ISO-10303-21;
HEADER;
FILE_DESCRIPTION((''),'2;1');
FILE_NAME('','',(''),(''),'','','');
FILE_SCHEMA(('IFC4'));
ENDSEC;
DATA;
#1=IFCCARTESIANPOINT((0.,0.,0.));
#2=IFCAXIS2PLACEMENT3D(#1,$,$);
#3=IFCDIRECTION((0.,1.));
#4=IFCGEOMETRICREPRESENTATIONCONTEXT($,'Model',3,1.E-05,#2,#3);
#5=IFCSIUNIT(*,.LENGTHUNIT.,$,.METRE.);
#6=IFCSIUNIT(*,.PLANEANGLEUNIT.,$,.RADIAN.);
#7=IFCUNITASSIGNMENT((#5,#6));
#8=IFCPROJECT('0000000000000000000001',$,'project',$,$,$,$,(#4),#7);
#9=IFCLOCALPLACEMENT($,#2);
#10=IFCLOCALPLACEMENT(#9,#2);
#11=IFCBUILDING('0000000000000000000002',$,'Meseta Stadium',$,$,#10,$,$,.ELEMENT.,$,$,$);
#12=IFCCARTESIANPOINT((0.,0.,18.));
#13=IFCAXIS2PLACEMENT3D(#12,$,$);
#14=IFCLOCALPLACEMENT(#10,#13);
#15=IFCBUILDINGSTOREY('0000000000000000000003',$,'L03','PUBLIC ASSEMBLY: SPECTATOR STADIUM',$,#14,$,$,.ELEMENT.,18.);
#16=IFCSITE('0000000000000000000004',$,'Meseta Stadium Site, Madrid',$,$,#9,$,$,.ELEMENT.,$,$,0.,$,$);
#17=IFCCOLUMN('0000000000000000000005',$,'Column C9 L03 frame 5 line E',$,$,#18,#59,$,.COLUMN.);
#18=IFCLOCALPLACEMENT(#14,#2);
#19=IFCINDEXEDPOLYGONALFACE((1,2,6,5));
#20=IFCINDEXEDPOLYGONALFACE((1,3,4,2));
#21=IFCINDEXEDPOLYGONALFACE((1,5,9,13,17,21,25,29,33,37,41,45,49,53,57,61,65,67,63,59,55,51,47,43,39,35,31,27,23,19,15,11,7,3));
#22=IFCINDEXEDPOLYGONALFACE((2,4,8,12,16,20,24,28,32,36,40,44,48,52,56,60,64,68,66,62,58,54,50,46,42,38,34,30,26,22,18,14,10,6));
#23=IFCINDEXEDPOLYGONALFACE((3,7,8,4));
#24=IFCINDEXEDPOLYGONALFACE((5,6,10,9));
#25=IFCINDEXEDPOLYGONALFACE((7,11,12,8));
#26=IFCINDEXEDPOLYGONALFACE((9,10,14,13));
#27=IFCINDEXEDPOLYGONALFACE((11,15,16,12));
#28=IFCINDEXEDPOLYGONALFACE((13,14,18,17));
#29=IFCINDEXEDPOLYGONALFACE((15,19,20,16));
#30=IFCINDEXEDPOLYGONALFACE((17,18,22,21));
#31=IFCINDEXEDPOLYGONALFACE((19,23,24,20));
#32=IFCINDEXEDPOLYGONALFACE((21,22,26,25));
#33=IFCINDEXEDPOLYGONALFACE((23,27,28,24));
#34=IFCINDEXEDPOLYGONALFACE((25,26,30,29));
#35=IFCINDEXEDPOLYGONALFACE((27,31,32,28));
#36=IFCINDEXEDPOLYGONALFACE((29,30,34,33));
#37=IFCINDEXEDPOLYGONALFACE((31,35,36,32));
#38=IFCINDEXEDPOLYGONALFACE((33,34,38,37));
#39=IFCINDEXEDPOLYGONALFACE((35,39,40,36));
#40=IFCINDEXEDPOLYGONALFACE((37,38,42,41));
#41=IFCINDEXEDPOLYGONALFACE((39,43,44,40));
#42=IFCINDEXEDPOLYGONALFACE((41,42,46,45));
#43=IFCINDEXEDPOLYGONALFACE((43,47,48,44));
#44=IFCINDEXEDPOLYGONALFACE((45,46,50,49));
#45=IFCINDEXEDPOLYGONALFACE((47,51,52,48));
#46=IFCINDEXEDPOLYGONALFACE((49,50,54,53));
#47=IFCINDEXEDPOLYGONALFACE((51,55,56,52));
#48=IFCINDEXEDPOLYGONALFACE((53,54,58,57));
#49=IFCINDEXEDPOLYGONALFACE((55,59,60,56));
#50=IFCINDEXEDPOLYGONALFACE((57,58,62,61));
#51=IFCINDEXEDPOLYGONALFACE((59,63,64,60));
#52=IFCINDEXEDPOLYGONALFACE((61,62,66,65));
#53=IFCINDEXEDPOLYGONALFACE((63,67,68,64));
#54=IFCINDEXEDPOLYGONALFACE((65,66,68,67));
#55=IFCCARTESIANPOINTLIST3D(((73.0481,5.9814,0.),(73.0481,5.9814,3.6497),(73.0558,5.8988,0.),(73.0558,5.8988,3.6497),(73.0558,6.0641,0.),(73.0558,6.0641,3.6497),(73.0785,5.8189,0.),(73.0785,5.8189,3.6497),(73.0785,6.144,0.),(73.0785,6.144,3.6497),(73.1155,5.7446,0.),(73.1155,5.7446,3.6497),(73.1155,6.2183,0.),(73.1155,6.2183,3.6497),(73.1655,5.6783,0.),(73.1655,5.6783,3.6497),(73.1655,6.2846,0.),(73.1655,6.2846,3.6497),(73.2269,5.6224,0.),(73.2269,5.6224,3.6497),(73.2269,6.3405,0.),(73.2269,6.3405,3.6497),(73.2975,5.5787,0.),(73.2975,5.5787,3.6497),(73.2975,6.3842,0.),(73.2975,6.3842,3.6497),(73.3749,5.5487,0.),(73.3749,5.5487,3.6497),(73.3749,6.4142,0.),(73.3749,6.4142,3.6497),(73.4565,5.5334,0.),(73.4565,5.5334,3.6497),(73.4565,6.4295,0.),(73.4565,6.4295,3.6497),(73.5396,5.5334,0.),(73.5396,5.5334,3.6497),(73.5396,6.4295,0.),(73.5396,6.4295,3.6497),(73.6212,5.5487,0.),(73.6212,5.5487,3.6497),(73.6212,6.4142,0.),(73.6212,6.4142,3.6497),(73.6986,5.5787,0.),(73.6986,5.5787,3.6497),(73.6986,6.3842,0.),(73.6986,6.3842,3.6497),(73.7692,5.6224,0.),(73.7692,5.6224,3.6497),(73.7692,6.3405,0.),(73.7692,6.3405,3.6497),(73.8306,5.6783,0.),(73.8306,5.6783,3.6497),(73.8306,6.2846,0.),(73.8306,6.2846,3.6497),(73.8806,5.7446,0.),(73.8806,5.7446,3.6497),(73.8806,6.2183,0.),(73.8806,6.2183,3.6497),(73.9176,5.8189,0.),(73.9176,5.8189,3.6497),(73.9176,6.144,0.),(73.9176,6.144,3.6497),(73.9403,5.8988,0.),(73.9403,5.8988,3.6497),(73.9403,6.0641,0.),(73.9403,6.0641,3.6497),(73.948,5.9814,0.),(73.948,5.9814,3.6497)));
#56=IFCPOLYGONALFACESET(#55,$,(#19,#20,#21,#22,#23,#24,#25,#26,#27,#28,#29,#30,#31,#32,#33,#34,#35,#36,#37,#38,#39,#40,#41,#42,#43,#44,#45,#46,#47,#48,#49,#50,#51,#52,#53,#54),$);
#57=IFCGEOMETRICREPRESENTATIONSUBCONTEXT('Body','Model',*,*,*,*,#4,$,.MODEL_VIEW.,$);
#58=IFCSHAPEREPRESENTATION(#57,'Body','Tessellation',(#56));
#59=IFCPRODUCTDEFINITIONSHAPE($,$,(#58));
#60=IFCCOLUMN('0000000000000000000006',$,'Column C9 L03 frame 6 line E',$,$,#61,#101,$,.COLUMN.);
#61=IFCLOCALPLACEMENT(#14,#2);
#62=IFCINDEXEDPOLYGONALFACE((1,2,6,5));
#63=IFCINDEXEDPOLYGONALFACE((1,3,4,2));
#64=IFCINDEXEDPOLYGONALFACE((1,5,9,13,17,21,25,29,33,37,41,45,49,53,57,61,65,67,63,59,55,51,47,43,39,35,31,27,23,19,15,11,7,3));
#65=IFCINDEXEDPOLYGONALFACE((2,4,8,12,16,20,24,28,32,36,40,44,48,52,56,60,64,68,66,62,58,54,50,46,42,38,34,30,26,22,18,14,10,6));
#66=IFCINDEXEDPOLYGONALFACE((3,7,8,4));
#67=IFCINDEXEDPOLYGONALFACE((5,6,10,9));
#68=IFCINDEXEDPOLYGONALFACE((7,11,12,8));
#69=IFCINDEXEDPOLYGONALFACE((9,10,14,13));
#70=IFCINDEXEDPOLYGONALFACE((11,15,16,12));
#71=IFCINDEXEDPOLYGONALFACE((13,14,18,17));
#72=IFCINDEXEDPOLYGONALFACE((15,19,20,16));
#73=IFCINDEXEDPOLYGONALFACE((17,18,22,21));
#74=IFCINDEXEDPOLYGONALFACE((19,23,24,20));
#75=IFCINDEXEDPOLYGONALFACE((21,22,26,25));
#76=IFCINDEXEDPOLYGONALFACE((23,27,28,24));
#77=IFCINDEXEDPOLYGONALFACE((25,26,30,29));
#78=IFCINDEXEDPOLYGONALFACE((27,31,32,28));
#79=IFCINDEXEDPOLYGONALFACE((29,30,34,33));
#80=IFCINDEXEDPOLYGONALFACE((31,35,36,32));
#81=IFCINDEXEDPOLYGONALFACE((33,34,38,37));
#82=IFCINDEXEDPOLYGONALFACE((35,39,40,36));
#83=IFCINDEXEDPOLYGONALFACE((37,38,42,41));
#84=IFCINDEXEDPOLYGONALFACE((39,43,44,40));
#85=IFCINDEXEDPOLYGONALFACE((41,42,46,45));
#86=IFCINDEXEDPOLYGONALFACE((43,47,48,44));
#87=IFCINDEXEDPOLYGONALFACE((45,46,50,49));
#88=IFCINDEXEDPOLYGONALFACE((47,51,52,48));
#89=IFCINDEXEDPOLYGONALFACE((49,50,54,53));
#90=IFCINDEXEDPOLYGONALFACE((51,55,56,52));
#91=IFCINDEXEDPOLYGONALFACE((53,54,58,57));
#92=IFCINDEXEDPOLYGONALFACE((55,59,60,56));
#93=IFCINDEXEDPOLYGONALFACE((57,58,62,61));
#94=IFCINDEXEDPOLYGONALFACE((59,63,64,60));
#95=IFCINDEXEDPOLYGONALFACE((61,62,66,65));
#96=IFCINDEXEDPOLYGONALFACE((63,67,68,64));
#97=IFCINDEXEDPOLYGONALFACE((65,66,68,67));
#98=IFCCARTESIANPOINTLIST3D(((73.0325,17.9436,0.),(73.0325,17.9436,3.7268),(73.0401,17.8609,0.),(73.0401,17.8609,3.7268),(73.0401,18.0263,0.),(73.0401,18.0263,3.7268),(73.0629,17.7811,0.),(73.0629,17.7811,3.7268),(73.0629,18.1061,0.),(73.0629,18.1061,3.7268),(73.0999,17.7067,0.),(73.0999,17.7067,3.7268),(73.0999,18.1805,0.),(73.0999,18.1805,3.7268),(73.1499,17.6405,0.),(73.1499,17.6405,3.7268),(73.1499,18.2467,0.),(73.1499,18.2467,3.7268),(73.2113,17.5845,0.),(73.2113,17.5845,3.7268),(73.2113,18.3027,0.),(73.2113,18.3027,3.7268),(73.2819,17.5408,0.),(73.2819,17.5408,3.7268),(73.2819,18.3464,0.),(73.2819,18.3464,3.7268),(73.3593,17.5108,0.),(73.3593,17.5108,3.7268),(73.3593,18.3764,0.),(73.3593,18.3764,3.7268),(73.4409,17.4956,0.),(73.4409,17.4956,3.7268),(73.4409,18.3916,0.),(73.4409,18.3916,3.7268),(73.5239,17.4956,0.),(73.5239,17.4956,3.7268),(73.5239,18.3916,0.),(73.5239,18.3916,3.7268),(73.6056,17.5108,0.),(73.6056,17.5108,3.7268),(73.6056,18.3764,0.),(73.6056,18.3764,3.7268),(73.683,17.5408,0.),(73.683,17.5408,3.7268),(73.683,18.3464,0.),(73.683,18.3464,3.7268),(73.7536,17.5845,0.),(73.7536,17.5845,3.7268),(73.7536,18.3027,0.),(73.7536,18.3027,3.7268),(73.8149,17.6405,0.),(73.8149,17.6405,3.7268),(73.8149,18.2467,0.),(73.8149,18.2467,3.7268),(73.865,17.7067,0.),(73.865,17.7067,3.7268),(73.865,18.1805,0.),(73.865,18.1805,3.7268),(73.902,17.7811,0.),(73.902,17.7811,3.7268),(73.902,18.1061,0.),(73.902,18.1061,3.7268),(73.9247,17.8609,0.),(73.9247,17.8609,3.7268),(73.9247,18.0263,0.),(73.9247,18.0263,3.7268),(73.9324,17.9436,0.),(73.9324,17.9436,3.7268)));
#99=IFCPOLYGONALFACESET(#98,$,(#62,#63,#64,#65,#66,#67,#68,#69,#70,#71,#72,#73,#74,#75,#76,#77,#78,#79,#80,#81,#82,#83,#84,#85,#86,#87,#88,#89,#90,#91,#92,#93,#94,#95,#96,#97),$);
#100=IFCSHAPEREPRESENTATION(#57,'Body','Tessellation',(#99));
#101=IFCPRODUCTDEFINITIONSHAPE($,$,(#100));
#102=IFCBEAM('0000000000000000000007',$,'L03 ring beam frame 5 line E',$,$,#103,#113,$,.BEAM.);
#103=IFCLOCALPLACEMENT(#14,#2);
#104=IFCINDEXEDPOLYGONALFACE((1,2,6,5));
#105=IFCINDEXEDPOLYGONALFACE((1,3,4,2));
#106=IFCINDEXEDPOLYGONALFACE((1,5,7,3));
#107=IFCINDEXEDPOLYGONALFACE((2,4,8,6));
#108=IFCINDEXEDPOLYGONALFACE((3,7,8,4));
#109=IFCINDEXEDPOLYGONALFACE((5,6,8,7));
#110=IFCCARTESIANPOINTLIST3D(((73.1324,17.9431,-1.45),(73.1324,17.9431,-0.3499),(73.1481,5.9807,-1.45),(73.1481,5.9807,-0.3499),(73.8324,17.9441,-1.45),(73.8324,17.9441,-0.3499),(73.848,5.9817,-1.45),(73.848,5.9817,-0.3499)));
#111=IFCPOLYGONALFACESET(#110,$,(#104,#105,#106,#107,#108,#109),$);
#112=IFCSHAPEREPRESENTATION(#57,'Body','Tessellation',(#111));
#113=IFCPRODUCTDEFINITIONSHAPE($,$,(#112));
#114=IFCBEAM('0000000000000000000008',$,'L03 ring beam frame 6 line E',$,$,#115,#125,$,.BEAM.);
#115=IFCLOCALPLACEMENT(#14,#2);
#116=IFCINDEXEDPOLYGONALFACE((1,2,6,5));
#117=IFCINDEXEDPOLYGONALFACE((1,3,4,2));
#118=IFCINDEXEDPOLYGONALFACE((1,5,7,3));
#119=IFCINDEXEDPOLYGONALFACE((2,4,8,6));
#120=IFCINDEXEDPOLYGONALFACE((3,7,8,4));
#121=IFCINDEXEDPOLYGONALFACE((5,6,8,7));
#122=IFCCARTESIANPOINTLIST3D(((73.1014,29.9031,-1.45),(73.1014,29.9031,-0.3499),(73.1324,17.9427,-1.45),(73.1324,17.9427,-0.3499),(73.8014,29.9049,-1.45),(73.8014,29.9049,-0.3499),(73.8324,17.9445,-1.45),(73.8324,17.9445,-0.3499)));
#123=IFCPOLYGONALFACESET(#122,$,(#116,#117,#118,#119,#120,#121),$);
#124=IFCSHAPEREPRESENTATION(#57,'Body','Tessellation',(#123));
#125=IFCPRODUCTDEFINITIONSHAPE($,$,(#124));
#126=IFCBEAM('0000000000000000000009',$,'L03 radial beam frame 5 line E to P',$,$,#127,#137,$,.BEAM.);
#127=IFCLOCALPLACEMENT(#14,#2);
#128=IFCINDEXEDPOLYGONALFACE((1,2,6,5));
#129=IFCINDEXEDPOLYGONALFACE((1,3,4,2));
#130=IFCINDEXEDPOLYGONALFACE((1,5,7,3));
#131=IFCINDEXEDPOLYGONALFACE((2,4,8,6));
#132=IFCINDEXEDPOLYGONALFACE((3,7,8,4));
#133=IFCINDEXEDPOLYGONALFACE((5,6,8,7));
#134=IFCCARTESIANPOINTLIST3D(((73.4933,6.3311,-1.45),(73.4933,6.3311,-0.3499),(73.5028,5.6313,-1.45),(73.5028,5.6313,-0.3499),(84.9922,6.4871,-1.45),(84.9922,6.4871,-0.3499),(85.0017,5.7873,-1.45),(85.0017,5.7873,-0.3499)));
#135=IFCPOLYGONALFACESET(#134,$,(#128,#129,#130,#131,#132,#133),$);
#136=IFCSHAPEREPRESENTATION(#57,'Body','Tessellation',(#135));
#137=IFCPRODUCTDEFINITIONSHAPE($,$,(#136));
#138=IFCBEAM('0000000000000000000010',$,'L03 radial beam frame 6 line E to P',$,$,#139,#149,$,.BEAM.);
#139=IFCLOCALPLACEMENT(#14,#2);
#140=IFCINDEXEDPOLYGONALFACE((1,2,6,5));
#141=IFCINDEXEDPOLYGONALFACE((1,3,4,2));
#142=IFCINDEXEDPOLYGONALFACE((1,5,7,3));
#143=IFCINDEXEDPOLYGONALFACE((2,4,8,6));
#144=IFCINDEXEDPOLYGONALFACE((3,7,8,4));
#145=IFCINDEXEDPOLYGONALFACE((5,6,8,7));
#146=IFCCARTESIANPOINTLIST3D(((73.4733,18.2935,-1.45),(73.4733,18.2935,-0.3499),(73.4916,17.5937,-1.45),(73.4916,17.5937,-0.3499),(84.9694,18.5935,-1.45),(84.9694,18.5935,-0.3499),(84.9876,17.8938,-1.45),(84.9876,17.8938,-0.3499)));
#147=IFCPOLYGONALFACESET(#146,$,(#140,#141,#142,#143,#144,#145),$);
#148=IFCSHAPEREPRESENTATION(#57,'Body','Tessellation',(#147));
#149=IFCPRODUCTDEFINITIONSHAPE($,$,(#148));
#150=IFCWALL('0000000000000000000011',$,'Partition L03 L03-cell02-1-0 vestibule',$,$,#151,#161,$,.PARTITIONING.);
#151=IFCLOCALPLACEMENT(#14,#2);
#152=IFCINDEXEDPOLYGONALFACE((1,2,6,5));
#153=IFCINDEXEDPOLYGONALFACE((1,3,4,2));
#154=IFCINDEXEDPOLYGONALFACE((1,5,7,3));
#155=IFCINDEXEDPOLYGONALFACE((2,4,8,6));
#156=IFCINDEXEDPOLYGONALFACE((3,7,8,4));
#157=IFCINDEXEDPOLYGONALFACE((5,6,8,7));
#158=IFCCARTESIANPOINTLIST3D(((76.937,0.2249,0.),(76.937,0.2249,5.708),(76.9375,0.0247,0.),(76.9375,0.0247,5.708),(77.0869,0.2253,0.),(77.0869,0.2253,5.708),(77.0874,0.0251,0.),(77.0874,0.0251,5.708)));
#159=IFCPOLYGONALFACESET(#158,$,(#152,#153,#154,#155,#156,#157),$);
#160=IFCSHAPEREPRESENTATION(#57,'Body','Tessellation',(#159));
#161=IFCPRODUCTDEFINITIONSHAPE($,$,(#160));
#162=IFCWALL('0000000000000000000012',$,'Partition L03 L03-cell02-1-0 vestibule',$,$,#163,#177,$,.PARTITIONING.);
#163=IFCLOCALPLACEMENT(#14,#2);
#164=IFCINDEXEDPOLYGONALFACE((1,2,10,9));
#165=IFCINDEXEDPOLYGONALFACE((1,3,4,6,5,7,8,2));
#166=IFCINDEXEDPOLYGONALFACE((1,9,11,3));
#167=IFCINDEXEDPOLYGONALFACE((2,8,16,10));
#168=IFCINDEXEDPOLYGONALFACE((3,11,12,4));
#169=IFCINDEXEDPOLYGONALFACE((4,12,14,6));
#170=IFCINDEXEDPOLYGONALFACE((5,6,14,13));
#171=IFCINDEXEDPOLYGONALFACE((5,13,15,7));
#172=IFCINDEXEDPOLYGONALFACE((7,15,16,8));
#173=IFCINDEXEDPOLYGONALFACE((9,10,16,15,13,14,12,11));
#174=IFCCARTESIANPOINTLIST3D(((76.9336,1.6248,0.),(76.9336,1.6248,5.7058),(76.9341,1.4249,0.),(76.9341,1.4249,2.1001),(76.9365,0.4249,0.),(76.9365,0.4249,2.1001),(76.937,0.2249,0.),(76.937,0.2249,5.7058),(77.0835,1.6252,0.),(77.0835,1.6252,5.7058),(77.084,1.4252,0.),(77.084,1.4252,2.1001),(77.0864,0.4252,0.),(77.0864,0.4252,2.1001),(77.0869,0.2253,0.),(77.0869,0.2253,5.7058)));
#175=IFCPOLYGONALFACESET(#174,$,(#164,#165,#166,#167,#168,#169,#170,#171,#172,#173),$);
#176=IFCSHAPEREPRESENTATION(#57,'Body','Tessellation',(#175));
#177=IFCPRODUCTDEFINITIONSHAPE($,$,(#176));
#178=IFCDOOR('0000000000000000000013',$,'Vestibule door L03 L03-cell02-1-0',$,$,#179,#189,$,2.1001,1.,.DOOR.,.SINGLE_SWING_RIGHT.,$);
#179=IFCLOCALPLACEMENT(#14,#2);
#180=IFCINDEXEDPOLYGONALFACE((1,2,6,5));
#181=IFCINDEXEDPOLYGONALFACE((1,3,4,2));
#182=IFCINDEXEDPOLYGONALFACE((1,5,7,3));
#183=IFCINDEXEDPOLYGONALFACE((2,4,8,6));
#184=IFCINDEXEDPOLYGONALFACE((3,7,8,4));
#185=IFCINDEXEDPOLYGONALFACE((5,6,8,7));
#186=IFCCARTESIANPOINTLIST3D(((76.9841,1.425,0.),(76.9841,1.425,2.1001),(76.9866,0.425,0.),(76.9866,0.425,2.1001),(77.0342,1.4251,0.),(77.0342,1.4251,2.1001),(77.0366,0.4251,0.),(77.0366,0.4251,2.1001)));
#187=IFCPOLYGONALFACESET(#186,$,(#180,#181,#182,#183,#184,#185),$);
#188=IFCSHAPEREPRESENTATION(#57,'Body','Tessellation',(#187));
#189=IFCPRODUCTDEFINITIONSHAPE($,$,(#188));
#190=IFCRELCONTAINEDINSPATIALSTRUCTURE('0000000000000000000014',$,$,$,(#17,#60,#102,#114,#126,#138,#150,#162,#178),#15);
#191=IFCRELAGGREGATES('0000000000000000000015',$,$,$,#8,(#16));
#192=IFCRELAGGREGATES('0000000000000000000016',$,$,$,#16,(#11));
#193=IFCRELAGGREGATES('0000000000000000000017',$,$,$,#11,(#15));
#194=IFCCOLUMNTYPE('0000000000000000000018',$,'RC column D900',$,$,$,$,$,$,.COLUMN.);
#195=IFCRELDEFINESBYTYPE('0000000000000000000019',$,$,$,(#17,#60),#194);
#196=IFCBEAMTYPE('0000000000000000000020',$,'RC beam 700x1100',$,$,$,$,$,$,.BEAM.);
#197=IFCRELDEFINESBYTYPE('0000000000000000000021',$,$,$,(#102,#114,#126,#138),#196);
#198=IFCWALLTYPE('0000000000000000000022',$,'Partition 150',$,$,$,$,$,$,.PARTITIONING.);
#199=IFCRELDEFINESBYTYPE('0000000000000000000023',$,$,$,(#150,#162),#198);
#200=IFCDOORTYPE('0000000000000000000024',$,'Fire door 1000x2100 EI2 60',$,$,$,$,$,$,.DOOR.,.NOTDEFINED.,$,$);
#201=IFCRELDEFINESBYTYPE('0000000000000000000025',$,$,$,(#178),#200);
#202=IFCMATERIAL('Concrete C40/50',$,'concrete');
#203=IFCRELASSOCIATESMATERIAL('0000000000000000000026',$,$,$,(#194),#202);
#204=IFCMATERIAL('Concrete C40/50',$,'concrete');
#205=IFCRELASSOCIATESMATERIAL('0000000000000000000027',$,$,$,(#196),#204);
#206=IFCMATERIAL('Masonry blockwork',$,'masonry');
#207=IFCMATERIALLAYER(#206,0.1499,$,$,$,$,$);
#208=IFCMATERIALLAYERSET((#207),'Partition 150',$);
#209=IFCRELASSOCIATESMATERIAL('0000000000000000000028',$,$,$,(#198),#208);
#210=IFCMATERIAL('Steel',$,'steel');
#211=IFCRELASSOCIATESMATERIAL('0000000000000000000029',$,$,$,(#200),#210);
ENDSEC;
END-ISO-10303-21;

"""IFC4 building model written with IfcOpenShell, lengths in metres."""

from ifc_helpers import new_model, si_unit, direction, frame, frame_2d, origin, origin_2d, place, context, subcontext, project, spatial, rectangle, circle, extrude, material, layer, layer_set, material_profile, profile_set, type_object, element, fill, save


model = new_model("IFC4")

# Units and contexts
model_context = context("Model", 3, precision=1e-05, world=origin(), true_north=direction((0.0, 1.0)))
body_context = subcontext(model_context, "Body", "Model", "MODEL_VIEW")
ifc_project = project(units=[si_unit("LENGTHUNIT", "METRE"), si_unit("PLANEANGLEUNIT", "RADIAN")], contexts=[model_context])

# Site, building, storey
site_placement = place(None, origin())
site = spatial("IfcSite", under=ifc_project, at=site_placement, Name="Meseta Stadium Site, Madrid", CompositionType="ELEMENT", RefElevation=0.0)
building_placement = place(site_placement, origin())
building = spatial("IfcBuilding", under=site, at=building_placement, Name="Meseta Stadium", CompositionType="ELEMENT")
storey_placement = place(building_placement, frame((0.0, 0.0, 18.0)))
storey = spatial("IfcBuildingStorey", under=building, at=storey_placement, Name="L03", Description="PUBLIC ASSEMBLY: SPECTATOR STADIUM", CompositionType="ELEMENT", Elevation=18.0)

# Columns
ifc_material_1 = material(Name="Concrete C40/50", Category="concrete")
ifc_material_profile_1 = material_profile(ifc_material_1, circle(Radius=0.45, at=origin_2d()), Name="RC D900")
ifc_profile_set_1 = profile_set([ifc_material_profile_1], Name="Concrete C40/50")
column_type = type_object("IfcColumnType", Name="RC column D900", PredefinedType="COLUMN", material=ifc_profile_set_1)
column_1_placement = place(storey_placement, frame((73.498, 5.9814, 0.0), z_axis=(0.0, 0.0, 1.0), x_axis=(1.0, 0.0, 0.0)))
element("IfcColumn", 1, at=column_1_placement, inside=storey, type_object=column_type, Name="Column C9 L03 frame 5 line E", PredefinedType="COLUMN", context=body_context, shape_type="SweptSolid", body=[
    extrude(circle(Radius=0.45, at=origin_2d()), origin(), (0.0, 0.0, 1.0), 3.6497),
])
column_2_placement = place(storey_placement, frame((73.4824, 17.9436, 0.0), z_axis=(0.0, 0.0, 1.0), x_axis=(1.0, 0.0, 0.0)))
element("IfcColumn", 2, at=column_2_placement, inside=storey, type_object=column_type, Name="Column C9 L03 frame 6 line E", PredefinedType="COLUMN", context=body_context, shape_type="SweptSolid", body=[
    extrude(circle(Radius=0.45, at=origin_2d()), origin(), (0.0, 0.0, 1.0), 3.7268),
])

# Beams
ifc_material_2 = material(Name="Concrete C40/50", Category="concrete")
ifc_material_profile_2 = material_profile(ifc_material_2, rectangle(XDim=0.7, YDim=1.1001, at=origin_2d()), Name="RC 700x1100")
ifc_profile_set_2 = profile_set([ifc_material_profile_2], Name="Concrete C40/50")
beam_type = type_object("IfcBeamType", Name="RC beam 700x1100", PredefinedType="BEAM", material=ifc_profile_set_2)
beam_1_placement = place(storey_placement, frame((73.498, 5.9812, -0.8999), z_axis=(-0.001306, 0.999999, 0.0), x_axis=(-0.999999, -0.001306, 0.0)))
element("IfcBeam", 3, at=beam_1_placement, inside=storey, type_object=beam_type, Name="L03 ring beam frame 5 line E", PredefinedType="BEAM", context=body_context, shape_type="SweptSolid", body=[
    extrude(rectangle(XDim=0.7, YDim=1.1001, at=origin_2d()), origin(), (0.0, 0.0, 1.0), 11.9624),
])
beam_2_placement = place(storey_placement, frame((73.4824, 17.9436, -0.8999), z_axis=(-0.002592, 0.999997, 0.0), x_axis=(-0.999997, -0.002592, 0.0)))
element("IfcBeam", 4, at=beam_2_placement, inside=storey, type_object=beam_type, Name="L03 ring beam frame 6 line E", PredefinedType="BEAM", context=body_context, shape_type="SweptSolid", body=[
    extrude(rectangle(XDim=0.7, YDim=1.1001, at=origin_2d()), origin(), (0.0, 0.0, 1.0), 11.9604),
])
for number, where, z_axis, x_axis, name in (
    (5, (73.498, 5.9812, -0.8999), (0.999908, 0.013566, 0.0), (-0.013566, 0.999908, 0.0), "L03 radial beam frame 5 line E to P"),
    (6, (73.4824, 17.9436, -0.8999), (0.99966, 0.026091, 0.0), (-0.026091, 0.99966, 0.0), "L03 radial beam frame 6 line E to P"),
):
    element("IfcBeam", number, at=place(storey_placement, frame(where, z_axis=z_axis, x_axis=x_axis)), inside=storey, type_object=beam_type, Name=name, PredefinedType="BEAM", context=body_context, shape_type="SweptSolid", body=[
        extrude(rectangle(XDim=0.7, YDim=1.1001, at=origin_2d()), origin(), (0.0, 0.0, 1.0), 11.5),
    ])

# Wall
ifc_material_3 = material(Name="Masonry blockwork", Category="masonry")
ifc_layer = layer(ifc_material_3, 0.1499)
ifc_layer_set = layer_set([ifc_layer], Name="Partition 150")
wall_type = type_object("IfcWallType", Name="Partition 150", PredefinedType="PARTITIONING", material=ifc_layer_set)
wall_1_placement = place(storey_placement, frame((77.0125, 0.0249, 0.0), z_axis=(0.0, 0.0, 1.0), x_axis=(-0.002439, 0.999997, 0.0)))
element("IfcWall", 7, at=wall_1_placement, inside=storey, type_object=wall_type, Name="Partition L03 L03-cell02-1-0 vestibule", PredefinedType="PARTITIONING", context=body_context, shape_type="SweptSolid", body=[
    extrude(rectangle(XDim=0.2002, YDim=0.1499, at=frame_2d((0.1001, 0.0))), origin(), (0.0, 0.0, 1.0), 5.708),
])

# Wall, opening, door
wall_2_placement = place(storey_placement, frame((77.012, 0.2251, 0.0), z_axis=(0.0, 0.0, 1.0), x_axis=(-0.002442, 0.999997, 0.0)))
wall_2 = element("IfcWall", 8, at=wall_2_placement, inside=storey, type_object=wall_type, Name="Partition L03 L03-cell02-1-0 vestibule", PredefinedType="PARTITIONING", context=body_context, shape_type="SweptSolid", body=[
    extrude(rectangle(XDim=1.3999, YDim=0.1499, at=frame_2d((0.7, 0.0))), origin(), (0.0, 0.0, 1.0), 5.7058),
])
opening_placement = place(wall_2_placement, frame((0.2, 0.0, 0.0)))
opening = element("IfcOpeningElement", 9, at=opening_placement, cuts=wall_2, PredefinedType="OPENING", context=body_context, shape_type="SweptSolid", body=[
    extrude(rectangle(XDim=1.0, YDim=2.1001, at=frame_2d((0.5, 1.05))), frame((0.0, 0.085, 0.0), z_axis=(0.0, -1.0, 0.0), x_axis=(1.0, 0.0, 0.0)), (0.0, 0.0, 1.0), 0.1699),
])
ifc_material_4 = material(Name="Steel", Category="steel")
door_type = type_object("IfcDoorType", Name="Fire door 1000x2100 EI2 60", OperationType="NOTDEFINED", PredefinedType="DOOR", material=ifc_material_4)
door_placement = place(opening_placement, origin())
door = element("IfcDoor", 10, at=door_placement, inside=storey, type_object=door_type, Name="Vestibule door L03 L03-cell02-1-0", OperationType="SINGLE_SWING_RIGHT", OverallHeight=2.1001, OverallWidth=1.0, PredefinedType="DOOR", context=body_context, shape_type="SweptSolid", body=[
    extrude(rectangle(XDim=1.0, YDim=2.1001, at=frame_2d((0.5, 1.05))), frame((0.0, 0.0249, 0.0), z_axis=(0.0, -1.0, 0.0), x_axis=(1.0, 0.0, 0.0)), (0.0, 0.0, 1.0), 0.05),
])
fill(opening, door)

save(model, "model.ifc")
